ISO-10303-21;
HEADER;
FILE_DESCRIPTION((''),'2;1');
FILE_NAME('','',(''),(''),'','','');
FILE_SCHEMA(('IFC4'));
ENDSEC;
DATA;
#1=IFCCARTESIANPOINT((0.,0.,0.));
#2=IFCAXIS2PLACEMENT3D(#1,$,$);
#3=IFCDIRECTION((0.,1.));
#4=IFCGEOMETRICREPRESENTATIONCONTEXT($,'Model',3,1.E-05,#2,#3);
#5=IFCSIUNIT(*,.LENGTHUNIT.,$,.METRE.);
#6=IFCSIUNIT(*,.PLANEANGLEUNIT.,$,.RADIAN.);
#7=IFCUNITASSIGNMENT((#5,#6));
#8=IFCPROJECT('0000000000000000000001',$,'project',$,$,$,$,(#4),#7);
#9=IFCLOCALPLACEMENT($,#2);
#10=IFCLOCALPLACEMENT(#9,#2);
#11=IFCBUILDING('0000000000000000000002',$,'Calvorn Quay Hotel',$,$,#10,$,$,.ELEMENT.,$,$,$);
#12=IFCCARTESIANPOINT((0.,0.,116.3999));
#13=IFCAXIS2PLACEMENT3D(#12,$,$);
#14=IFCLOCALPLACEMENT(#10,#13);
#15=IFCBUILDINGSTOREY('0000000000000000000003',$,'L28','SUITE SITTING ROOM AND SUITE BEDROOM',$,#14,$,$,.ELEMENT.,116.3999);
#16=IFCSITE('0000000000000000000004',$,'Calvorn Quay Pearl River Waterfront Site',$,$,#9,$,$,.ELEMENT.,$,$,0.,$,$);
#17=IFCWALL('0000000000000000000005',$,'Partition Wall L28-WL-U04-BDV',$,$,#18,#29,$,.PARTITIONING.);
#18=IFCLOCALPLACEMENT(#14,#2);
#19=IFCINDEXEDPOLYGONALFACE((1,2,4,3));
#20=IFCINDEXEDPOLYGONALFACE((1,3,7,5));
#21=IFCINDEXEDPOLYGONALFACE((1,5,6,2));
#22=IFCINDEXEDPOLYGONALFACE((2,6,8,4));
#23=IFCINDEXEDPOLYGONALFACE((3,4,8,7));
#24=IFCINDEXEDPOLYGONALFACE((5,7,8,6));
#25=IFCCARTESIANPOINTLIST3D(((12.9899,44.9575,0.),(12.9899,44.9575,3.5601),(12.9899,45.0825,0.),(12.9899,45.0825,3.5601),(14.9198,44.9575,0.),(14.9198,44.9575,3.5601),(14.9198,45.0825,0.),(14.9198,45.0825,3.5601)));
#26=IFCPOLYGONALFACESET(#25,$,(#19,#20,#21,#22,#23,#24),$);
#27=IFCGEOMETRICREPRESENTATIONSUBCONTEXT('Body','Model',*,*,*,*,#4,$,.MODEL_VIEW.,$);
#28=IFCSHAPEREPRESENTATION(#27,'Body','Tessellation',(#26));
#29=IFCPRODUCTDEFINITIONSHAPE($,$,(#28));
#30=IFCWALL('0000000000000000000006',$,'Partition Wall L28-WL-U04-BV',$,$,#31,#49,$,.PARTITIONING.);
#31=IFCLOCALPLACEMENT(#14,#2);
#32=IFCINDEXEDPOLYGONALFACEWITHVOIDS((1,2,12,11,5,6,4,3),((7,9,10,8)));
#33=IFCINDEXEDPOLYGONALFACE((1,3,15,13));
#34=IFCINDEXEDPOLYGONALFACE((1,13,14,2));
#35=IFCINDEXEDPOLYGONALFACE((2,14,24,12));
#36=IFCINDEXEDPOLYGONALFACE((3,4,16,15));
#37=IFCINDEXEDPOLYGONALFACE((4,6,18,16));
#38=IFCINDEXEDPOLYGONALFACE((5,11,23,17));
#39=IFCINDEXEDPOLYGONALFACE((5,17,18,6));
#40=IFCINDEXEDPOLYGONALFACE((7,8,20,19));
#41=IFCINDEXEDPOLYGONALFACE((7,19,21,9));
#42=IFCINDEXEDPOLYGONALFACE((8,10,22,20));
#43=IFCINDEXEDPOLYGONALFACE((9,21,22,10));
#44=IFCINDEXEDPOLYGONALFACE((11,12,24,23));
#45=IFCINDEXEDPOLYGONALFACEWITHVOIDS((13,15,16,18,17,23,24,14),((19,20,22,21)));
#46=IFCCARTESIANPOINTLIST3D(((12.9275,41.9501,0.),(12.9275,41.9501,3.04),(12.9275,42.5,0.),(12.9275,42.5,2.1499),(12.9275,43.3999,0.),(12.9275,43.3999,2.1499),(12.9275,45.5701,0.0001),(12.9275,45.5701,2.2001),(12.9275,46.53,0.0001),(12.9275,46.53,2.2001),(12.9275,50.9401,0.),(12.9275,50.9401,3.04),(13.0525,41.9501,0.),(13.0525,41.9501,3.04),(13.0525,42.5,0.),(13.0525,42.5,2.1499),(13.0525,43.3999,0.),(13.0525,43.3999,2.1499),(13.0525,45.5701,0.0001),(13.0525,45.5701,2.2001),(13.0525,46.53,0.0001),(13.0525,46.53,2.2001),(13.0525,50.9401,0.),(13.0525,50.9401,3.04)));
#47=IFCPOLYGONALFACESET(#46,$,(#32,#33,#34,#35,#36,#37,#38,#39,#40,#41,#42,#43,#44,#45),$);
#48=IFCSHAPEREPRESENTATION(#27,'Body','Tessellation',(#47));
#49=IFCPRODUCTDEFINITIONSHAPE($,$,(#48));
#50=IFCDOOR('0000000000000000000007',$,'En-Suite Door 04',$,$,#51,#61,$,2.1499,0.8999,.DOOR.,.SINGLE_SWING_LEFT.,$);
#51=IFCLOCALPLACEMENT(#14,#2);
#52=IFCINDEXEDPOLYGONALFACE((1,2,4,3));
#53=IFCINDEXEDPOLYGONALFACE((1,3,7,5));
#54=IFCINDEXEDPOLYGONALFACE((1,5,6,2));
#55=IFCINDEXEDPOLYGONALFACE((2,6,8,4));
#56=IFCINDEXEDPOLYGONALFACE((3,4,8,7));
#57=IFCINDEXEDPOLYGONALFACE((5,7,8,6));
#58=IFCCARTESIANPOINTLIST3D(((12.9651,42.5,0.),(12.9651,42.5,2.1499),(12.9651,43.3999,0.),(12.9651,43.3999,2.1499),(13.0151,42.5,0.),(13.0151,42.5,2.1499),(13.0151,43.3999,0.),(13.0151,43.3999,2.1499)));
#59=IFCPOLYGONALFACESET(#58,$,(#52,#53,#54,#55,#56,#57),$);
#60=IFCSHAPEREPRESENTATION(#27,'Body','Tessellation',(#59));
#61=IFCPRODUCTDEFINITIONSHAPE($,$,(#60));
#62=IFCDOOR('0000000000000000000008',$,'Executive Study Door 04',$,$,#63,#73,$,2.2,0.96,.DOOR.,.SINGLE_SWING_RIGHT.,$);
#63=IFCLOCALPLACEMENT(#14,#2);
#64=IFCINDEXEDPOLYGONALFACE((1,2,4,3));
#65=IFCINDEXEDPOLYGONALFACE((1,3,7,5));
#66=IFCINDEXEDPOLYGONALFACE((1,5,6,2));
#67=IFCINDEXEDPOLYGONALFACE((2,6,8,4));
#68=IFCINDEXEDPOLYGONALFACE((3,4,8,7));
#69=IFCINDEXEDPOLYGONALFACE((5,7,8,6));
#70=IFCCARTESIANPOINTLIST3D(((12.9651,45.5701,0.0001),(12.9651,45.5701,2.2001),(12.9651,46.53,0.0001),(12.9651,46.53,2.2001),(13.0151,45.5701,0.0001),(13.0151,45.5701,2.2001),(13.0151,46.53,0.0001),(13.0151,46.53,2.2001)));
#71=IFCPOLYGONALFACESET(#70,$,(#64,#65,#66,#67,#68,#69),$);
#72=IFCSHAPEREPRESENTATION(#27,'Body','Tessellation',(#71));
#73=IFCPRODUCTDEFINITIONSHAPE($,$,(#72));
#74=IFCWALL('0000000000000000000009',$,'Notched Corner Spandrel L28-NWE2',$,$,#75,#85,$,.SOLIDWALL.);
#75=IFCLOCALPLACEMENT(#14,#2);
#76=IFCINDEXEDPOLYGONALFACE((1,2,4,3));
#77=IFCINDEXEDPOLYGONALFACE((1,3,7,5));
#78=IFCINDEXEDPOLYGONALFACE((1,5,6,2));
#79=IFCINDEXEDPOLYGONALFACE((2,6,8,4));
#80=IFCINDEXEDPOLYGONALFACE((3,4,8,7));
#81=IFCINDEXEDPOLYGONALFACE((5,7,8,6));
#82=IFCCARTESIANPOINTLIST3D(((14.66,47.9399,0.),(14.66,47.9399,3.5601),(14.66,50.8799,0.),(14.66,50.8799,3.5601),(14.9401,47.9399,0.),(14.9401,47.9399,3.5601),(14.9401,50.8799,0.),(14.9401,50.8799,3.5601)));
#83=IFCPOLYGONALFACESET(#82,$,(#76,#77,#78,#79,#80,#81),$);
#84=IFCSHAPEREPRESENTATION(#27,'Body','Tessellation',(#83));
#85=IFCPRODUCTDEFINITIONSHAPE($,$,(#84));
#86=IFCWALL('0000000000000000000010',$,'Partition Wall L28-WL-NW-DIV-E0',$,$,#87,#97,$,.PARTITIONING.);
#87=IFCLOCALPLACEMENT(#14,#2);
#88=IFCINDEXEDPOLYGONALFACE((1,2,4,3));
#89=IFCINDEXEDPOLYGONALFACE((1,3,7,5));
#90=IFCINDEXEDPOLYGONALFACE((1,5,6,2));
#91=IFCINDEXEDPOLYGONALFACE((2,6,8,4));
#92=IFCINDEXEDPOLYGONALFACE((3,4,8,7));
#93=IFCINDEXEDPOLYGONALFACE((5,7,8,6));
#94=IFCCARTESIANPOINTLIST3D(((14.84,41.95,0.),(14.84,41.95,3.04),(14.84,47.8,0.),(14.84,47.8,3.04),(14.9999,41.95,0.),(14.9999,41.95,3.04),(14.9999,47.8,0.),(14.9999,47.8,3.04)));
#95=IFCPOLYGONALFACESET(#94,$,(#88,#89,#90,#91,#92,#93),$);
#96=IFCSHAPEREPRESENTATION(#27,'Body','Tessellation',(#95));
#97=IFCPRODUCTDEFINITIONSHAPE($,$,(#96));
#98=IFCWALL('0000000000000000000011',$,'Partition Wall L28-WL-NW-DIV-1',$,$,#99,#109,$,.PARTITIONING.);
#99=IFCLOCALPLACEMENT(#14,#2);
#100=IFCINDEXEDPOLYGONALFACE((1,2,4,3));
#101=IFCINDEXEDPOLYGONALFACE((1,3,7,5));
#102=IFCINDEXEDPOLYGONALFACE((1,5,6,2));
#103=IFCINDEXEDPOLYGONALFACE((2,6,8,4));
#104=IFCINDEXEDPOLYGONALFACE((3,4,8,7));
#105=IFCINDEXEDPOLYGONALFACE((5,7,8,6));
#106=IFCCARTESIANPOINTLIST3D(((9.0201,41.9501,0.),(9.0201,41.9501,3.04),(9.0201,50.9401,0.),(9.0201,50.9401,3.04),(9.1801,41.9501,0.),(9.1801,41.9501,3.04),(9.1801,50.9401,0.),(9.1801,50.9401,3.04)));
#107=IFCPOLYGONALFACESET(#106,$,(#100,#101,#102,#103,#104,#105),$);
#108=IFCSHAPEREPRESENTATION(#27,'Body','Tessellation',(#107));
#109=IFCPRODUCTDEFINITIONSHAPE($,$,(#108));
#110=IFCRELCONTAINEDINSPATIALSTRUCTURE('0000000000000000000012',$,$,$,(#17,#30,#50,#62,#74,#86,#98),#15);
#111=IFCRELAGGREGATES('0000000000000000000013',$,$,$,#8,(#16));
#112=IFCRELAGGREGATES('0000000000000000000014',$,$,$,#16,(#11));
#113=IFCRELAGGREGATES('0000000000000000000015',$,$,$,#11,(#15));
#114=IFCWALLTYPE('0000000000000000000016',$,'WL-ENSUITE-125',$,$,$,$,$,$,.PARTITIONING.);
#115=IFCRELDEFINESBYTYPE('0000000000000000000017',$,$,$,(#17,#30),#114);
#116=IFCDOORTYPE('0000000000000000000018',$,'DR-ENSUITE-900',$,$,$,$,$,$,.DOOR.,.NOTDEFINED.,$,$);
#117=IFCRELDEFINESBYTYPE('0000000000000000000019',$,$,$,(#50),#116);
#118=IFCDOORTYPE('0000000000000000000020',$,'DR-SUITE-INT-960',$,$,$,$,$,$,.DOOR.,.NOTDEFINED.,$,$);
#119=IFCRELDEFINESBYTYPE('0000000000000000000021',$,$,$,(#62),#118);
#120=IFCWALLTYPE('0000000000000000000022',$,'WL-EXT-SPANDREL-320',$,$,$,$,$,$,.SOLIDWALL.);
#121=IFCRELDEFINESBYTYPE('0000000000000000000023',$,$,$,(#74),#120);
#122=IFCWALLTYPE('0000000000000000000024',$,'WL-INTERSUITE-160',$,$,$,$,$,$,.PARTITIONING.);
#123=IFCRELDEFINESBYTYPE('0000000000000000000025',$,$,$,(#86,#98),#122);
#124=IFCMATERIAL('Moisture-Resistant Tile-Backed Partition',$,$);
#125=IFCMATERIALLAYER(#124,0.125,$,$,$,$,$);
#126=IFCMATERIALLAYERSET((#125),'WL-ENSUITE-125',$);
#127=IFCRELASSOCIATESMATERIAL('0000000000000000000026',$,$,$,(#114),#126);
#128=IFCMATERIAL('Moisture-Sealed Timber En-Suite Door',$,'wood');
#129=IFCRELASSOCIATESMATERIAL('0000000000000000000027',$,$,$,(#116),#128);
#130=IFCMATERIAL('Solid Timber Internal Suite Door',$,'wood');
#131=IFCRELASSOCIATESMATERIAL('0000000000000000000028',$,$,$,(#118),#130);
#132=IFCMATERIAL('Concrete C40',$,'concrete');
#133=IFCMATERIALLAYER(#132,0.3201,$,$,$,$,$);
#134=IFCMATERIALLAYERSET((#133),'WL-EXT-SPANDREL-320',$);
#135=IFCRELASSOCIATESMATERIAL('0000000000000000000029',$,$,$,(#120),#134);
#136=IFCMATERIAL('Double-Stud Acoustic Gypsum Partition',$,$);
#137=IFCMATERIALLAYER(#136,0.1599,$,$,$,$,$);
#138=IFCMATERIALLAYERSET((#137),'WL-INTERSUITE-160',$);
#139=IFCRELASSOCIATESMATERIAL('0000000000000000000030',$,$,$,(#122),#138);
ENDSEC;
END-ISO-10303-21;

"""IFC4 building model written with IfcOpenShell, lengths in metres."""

from ifc_helpers import new_model, si_unit, direction, frame, frame_2d, origin, place, context, subcontext, project, spatial, rectangle, extrude, material, layer, layer_set, type_object, element, fill, save


model = new_model("IFC4")

# Units and contexts
model_context = context("Model", 3, precision=1e-05, world=origin(), true_north=direction((0.0, 1.0)))
body_context = subcontext(model_context, "Body", "Model", "MODEL_VIEW")
ifc_project = project(units=[si_unit("LENGTHUNIT", "METRE"), si_unit("PLANEANGLEUNIT", "RADIAN")], contexts=[model_context])

# Site, building, storey
site_placement = place(None, origin())
site = spatial("IfcSite", under=ifc_project, at=site_placement, Name="Calvorn Quay Pearl River Waterfront Site", CompositionType="ELEMENT", RefElevation=0.0)
building_placement = place(site_placement, origin())
building = spatial("IfcBuilding", under=site, at=building_placement, Name="Calvorn Quay Hotel", CompositionType="ELEMENT")
storey_placement = place(building_placement, frame((0.0, 0.0, 116.3999)))
storey = spatial("IfcBuildingStorey", under=building, at=storey_placement, Name="L28", Description="SUITE SITTING ROOM AND SUITE BEDROOM", CompositionType="ELEMENT", Elevation=116.3999)

# Shared definitions
ifc_material_1 = material(Name="Moisture-Resistant Tile-Backed Partition")
ifc_layer_1 = layer(ifc_material_1, 0.125)
ifc_layer_set_1 = layer_set([ifc_layer_1], Name="WL-ENSUITE-125")
wall_type_1 = type_object("IfcWallType", Name="WL-ENSUITE-125", PredefinedType="PARTITIONING", material=ifc_layer_set_1)

# Shared definitions
ifc_material_2 = material(Name="Moisture-Sealed Timber En-Suite Door", Category="wood")
door_type_1 = type_object("IfcDoorType", Name="DR-ENSUITE-900", OperationType="NOTDEFINED", PredefinedType="DOOR", material=ifc_material_2)
ifc_material_3 = material(Name="Solid Timber Internal Suite Door", Category="wood")
door_type_2 = type_object("IfcDoorType", Name="DR-SUITE-INT-960", OperationType="NOTDEFINED", PredefinedType="DOOR", material=ifc_material_3)

# Wall
wall_1_placement = place(storey_placement, frame((12.99, 45.02, 0.0), z_axis=(0.0, 0.0, 1.0), x_axis=(1.0, 0.0, 0.0)))
element("IfcWall", 1, at=wall_1_placement, inside=storey, type_object=wall_type_1, Name="Partition Wall L28-WL-U04-BDV", PredefinedType="PARTITIONING", context=body_context, shape_type="SweptSolid", body=[
    extrude(rectangle(XDim=1.9299, YDim=0.125, at=frame_2d((0.9648, 0.0))), origin(), (0.0, 0.0, 1.0), 3.5601),
])

# Wall, openings, doors
wall_2_placement = place(storey_placement, frame((12.99, 41.95, 0.0), z_axis=(0.0, 0.0, 1.0), x_axis=(0.0, 1.0, 0.0)))
wall_2 = element("IfcWall", 2, at=wall_2_placement, inside=storey, type_object=wall_type_1, Name="Partition Wall L28-WL-U04-BV", PredefinedType="PARTITIONING", context=body_context, shape_type="SweptSolid", body=[
    extrude(rectangle(XDim=8.99, YDim=0.125, at=frame_2d((4.4951, 0.0))), origin(), (0.0, 0.0, 1.0), 3.04),
])
opening_1_placement = place(wall_2_placement, frame((0.55, 0.0, 0.0)))
opening_1 = element("IfcOpeningElement", 3, at=opening_1_placement, cuts=wall_2, PredefinedType="OPENING", context=body_context, shape_type="SweptSolid", body=[
    extrude(rectangle(XDim=0.8999, YDim=2.1499, at=frame_2d((0.45, 1.075))), frame((0.0, 0.0725, 0.0), z_axis=(0.0, -1.0, 0.0), x_axis=(1.0, 0.0, 0.0)), (0.0, 0.0, 1.0), 0.145),
])
opening_2_placement = place(wall_2_placement, frame((3.6201, 0.0, 0.0)))
opening_2 = element("IfcOpeningElement", 4, at=opening_2_placement, cuts=wall_2, PredefinedType="OPENING", context=body_context, shape_type="SweptSolid", body=[
    extrude(rectangle(XDim=0.96, YDim=2.2, at=frame_2d((0.48, 1.1001))), frame((0.0, 0.0725, 0.0), z_axis=(0.0, -1.0, 0.0), x_axis=(1.0, 0.0, 0.0)), (0.0, 0.0, 1.0), 0.145),
])
door_1_placement = place(opening_1_placement, origin())
door_1 = element("IfcDoor", 5, at=door_1_placement, inside=storey, type_object=door_type_1, Name="En-Suite Door 04", OperationType="SINGLE_SWING_LEFT", OverallHeight=2.1499, OverallWidth=0.8999, PredefinedType="DOOR", context=body_context, shape_type="SweptSolid", body=[
    extrude(rectangle(XDim=0.8999, YDim=2.1499, at=frame_2d((0.45, 1.075))), frame((0.0, 0.0249, 0.0), z_axis=(0.0, -1.0, 0.0), x_axis=(1.0, 0.0, 0.0)), (0.0, 0.0, 1.0), 0.05),
])
fill(opening_1, door_1)
door_2_placement = place(opening_2_placement, origin())
door_2 = element("IfcDoor", 6, at=door_2_placement, inside=storey, type_object=door_type_2, Name="Executive Study Door 04", OperationType="SINGLE_SWING_RIGHT", OverallHeight=2.2, OverallWidth=0.96, PredefinedType="DOOR", context=body_context, shape_type="SweptSolid", body=[
    extrude(rectangle(XDim=0.96, YDim=2.2, at=frame_2d((0.48, 1.1001))), frame((0.0, 0.0249, 0.0), z_axis=(0.0, -1.0, 0.0), x_axis=(1.0, 0.0, 0.0)), (0.0, 0.0, 1.0), 0.05),
])
fill(opening_2, door_2)

# Walls
ifc_material_4 = material(Name="Concrete C40", Category="concrete")
ifc_layer_2 = layer(ifc_material_4, 0.3201)
ifc_layer_set_2 = layer_set([ifc_layer_2], Name="WL-EXT-SPANDREL-320")
wall_type_2 = type_object("IfcWallType", Name="WL-EXT-SPANDREL-320", PredefinedType="SOLIDWALL", material=ifc_layer_set_2)
wall_3_placement = place(storey_placement, frame((14.8, 47.9399, 0.0), z_axis=(0.0, 0.0, 1.0), x_axis=(0.0, 1.0, 0.0)))
element("IfcWall", 7, at=wall_3_placement, inside=storey, type_object=wall_type_2, Name="Notched Corner Spandrel L28-NWE2", PredefinedType="SOLIDWALL", context=body_context, shape_type="SweptSolid", body=[
    extrude(rectangle(XDim=2.9399, YDim=0.28, at=frame_2d((1.47, 0.0))), origin(), (0.0, 0.0, 1.0), 3.5601),
])
ifc_material_5 = material(Name="Double-Stud Acoustic Gypsum Partition")
ifc_layer_3 = layer(ifc_material_5, 0.1599)
ifc_layer_set_3 = layer_set([ifc_layer_3], Name="WL-INTERSUITE-160")
wall_type_3 = type_object("IfcWallType", Name="WL-INTERSUITE-160", PredefinedType="PARTITIONING", material=ifc_layer_set_3)
wall_4_placement = place(storey_placement, frame((14.9199, 41.95, 0.0), z_axis=(0.0, 0.0, 1.0), x_axis=(0.0, 1.0, 0.0)))
element("IfcWall", 8, at=wall_4_placement, inside=storey, type_object=wall_type_3, Name="Partition Wall L28-WL-NW-DIV-E0", PredefinedType="PARTITIONING", context=body_context, shape_type="SweptSolid", body=[
    extrude(rectangle(XDim=5.8501, YDim=0.1599, at=frame_2d((2.925, 0.0))), origin(), (0.0, 0.0, 1.0), 3.04),
])
wall_5_placement = place(storey_placement, frame((9.1001, 41.95, 0.0), z_axis=(0.0, 0.0, 1.0), x_axis=(0.0, 1.0, 0.0)))
element("IfcWall", 9, at=wall_5_placement, inside=storey, type_object=wall_type_3, Name="Partition Wall L28-WL-NW-DIV-1", PredefinedType="PARTITIONING", context=body_context, shape_type="SweptSolid", body=[
    extrude(rectangle(XDim=8.99, YDim=0.1599, at=frame_2d((4.4951, 0.0))), origin(), (0.0, 0.0, 1.0), 3.04),
])

save(model, "model.ifc")
